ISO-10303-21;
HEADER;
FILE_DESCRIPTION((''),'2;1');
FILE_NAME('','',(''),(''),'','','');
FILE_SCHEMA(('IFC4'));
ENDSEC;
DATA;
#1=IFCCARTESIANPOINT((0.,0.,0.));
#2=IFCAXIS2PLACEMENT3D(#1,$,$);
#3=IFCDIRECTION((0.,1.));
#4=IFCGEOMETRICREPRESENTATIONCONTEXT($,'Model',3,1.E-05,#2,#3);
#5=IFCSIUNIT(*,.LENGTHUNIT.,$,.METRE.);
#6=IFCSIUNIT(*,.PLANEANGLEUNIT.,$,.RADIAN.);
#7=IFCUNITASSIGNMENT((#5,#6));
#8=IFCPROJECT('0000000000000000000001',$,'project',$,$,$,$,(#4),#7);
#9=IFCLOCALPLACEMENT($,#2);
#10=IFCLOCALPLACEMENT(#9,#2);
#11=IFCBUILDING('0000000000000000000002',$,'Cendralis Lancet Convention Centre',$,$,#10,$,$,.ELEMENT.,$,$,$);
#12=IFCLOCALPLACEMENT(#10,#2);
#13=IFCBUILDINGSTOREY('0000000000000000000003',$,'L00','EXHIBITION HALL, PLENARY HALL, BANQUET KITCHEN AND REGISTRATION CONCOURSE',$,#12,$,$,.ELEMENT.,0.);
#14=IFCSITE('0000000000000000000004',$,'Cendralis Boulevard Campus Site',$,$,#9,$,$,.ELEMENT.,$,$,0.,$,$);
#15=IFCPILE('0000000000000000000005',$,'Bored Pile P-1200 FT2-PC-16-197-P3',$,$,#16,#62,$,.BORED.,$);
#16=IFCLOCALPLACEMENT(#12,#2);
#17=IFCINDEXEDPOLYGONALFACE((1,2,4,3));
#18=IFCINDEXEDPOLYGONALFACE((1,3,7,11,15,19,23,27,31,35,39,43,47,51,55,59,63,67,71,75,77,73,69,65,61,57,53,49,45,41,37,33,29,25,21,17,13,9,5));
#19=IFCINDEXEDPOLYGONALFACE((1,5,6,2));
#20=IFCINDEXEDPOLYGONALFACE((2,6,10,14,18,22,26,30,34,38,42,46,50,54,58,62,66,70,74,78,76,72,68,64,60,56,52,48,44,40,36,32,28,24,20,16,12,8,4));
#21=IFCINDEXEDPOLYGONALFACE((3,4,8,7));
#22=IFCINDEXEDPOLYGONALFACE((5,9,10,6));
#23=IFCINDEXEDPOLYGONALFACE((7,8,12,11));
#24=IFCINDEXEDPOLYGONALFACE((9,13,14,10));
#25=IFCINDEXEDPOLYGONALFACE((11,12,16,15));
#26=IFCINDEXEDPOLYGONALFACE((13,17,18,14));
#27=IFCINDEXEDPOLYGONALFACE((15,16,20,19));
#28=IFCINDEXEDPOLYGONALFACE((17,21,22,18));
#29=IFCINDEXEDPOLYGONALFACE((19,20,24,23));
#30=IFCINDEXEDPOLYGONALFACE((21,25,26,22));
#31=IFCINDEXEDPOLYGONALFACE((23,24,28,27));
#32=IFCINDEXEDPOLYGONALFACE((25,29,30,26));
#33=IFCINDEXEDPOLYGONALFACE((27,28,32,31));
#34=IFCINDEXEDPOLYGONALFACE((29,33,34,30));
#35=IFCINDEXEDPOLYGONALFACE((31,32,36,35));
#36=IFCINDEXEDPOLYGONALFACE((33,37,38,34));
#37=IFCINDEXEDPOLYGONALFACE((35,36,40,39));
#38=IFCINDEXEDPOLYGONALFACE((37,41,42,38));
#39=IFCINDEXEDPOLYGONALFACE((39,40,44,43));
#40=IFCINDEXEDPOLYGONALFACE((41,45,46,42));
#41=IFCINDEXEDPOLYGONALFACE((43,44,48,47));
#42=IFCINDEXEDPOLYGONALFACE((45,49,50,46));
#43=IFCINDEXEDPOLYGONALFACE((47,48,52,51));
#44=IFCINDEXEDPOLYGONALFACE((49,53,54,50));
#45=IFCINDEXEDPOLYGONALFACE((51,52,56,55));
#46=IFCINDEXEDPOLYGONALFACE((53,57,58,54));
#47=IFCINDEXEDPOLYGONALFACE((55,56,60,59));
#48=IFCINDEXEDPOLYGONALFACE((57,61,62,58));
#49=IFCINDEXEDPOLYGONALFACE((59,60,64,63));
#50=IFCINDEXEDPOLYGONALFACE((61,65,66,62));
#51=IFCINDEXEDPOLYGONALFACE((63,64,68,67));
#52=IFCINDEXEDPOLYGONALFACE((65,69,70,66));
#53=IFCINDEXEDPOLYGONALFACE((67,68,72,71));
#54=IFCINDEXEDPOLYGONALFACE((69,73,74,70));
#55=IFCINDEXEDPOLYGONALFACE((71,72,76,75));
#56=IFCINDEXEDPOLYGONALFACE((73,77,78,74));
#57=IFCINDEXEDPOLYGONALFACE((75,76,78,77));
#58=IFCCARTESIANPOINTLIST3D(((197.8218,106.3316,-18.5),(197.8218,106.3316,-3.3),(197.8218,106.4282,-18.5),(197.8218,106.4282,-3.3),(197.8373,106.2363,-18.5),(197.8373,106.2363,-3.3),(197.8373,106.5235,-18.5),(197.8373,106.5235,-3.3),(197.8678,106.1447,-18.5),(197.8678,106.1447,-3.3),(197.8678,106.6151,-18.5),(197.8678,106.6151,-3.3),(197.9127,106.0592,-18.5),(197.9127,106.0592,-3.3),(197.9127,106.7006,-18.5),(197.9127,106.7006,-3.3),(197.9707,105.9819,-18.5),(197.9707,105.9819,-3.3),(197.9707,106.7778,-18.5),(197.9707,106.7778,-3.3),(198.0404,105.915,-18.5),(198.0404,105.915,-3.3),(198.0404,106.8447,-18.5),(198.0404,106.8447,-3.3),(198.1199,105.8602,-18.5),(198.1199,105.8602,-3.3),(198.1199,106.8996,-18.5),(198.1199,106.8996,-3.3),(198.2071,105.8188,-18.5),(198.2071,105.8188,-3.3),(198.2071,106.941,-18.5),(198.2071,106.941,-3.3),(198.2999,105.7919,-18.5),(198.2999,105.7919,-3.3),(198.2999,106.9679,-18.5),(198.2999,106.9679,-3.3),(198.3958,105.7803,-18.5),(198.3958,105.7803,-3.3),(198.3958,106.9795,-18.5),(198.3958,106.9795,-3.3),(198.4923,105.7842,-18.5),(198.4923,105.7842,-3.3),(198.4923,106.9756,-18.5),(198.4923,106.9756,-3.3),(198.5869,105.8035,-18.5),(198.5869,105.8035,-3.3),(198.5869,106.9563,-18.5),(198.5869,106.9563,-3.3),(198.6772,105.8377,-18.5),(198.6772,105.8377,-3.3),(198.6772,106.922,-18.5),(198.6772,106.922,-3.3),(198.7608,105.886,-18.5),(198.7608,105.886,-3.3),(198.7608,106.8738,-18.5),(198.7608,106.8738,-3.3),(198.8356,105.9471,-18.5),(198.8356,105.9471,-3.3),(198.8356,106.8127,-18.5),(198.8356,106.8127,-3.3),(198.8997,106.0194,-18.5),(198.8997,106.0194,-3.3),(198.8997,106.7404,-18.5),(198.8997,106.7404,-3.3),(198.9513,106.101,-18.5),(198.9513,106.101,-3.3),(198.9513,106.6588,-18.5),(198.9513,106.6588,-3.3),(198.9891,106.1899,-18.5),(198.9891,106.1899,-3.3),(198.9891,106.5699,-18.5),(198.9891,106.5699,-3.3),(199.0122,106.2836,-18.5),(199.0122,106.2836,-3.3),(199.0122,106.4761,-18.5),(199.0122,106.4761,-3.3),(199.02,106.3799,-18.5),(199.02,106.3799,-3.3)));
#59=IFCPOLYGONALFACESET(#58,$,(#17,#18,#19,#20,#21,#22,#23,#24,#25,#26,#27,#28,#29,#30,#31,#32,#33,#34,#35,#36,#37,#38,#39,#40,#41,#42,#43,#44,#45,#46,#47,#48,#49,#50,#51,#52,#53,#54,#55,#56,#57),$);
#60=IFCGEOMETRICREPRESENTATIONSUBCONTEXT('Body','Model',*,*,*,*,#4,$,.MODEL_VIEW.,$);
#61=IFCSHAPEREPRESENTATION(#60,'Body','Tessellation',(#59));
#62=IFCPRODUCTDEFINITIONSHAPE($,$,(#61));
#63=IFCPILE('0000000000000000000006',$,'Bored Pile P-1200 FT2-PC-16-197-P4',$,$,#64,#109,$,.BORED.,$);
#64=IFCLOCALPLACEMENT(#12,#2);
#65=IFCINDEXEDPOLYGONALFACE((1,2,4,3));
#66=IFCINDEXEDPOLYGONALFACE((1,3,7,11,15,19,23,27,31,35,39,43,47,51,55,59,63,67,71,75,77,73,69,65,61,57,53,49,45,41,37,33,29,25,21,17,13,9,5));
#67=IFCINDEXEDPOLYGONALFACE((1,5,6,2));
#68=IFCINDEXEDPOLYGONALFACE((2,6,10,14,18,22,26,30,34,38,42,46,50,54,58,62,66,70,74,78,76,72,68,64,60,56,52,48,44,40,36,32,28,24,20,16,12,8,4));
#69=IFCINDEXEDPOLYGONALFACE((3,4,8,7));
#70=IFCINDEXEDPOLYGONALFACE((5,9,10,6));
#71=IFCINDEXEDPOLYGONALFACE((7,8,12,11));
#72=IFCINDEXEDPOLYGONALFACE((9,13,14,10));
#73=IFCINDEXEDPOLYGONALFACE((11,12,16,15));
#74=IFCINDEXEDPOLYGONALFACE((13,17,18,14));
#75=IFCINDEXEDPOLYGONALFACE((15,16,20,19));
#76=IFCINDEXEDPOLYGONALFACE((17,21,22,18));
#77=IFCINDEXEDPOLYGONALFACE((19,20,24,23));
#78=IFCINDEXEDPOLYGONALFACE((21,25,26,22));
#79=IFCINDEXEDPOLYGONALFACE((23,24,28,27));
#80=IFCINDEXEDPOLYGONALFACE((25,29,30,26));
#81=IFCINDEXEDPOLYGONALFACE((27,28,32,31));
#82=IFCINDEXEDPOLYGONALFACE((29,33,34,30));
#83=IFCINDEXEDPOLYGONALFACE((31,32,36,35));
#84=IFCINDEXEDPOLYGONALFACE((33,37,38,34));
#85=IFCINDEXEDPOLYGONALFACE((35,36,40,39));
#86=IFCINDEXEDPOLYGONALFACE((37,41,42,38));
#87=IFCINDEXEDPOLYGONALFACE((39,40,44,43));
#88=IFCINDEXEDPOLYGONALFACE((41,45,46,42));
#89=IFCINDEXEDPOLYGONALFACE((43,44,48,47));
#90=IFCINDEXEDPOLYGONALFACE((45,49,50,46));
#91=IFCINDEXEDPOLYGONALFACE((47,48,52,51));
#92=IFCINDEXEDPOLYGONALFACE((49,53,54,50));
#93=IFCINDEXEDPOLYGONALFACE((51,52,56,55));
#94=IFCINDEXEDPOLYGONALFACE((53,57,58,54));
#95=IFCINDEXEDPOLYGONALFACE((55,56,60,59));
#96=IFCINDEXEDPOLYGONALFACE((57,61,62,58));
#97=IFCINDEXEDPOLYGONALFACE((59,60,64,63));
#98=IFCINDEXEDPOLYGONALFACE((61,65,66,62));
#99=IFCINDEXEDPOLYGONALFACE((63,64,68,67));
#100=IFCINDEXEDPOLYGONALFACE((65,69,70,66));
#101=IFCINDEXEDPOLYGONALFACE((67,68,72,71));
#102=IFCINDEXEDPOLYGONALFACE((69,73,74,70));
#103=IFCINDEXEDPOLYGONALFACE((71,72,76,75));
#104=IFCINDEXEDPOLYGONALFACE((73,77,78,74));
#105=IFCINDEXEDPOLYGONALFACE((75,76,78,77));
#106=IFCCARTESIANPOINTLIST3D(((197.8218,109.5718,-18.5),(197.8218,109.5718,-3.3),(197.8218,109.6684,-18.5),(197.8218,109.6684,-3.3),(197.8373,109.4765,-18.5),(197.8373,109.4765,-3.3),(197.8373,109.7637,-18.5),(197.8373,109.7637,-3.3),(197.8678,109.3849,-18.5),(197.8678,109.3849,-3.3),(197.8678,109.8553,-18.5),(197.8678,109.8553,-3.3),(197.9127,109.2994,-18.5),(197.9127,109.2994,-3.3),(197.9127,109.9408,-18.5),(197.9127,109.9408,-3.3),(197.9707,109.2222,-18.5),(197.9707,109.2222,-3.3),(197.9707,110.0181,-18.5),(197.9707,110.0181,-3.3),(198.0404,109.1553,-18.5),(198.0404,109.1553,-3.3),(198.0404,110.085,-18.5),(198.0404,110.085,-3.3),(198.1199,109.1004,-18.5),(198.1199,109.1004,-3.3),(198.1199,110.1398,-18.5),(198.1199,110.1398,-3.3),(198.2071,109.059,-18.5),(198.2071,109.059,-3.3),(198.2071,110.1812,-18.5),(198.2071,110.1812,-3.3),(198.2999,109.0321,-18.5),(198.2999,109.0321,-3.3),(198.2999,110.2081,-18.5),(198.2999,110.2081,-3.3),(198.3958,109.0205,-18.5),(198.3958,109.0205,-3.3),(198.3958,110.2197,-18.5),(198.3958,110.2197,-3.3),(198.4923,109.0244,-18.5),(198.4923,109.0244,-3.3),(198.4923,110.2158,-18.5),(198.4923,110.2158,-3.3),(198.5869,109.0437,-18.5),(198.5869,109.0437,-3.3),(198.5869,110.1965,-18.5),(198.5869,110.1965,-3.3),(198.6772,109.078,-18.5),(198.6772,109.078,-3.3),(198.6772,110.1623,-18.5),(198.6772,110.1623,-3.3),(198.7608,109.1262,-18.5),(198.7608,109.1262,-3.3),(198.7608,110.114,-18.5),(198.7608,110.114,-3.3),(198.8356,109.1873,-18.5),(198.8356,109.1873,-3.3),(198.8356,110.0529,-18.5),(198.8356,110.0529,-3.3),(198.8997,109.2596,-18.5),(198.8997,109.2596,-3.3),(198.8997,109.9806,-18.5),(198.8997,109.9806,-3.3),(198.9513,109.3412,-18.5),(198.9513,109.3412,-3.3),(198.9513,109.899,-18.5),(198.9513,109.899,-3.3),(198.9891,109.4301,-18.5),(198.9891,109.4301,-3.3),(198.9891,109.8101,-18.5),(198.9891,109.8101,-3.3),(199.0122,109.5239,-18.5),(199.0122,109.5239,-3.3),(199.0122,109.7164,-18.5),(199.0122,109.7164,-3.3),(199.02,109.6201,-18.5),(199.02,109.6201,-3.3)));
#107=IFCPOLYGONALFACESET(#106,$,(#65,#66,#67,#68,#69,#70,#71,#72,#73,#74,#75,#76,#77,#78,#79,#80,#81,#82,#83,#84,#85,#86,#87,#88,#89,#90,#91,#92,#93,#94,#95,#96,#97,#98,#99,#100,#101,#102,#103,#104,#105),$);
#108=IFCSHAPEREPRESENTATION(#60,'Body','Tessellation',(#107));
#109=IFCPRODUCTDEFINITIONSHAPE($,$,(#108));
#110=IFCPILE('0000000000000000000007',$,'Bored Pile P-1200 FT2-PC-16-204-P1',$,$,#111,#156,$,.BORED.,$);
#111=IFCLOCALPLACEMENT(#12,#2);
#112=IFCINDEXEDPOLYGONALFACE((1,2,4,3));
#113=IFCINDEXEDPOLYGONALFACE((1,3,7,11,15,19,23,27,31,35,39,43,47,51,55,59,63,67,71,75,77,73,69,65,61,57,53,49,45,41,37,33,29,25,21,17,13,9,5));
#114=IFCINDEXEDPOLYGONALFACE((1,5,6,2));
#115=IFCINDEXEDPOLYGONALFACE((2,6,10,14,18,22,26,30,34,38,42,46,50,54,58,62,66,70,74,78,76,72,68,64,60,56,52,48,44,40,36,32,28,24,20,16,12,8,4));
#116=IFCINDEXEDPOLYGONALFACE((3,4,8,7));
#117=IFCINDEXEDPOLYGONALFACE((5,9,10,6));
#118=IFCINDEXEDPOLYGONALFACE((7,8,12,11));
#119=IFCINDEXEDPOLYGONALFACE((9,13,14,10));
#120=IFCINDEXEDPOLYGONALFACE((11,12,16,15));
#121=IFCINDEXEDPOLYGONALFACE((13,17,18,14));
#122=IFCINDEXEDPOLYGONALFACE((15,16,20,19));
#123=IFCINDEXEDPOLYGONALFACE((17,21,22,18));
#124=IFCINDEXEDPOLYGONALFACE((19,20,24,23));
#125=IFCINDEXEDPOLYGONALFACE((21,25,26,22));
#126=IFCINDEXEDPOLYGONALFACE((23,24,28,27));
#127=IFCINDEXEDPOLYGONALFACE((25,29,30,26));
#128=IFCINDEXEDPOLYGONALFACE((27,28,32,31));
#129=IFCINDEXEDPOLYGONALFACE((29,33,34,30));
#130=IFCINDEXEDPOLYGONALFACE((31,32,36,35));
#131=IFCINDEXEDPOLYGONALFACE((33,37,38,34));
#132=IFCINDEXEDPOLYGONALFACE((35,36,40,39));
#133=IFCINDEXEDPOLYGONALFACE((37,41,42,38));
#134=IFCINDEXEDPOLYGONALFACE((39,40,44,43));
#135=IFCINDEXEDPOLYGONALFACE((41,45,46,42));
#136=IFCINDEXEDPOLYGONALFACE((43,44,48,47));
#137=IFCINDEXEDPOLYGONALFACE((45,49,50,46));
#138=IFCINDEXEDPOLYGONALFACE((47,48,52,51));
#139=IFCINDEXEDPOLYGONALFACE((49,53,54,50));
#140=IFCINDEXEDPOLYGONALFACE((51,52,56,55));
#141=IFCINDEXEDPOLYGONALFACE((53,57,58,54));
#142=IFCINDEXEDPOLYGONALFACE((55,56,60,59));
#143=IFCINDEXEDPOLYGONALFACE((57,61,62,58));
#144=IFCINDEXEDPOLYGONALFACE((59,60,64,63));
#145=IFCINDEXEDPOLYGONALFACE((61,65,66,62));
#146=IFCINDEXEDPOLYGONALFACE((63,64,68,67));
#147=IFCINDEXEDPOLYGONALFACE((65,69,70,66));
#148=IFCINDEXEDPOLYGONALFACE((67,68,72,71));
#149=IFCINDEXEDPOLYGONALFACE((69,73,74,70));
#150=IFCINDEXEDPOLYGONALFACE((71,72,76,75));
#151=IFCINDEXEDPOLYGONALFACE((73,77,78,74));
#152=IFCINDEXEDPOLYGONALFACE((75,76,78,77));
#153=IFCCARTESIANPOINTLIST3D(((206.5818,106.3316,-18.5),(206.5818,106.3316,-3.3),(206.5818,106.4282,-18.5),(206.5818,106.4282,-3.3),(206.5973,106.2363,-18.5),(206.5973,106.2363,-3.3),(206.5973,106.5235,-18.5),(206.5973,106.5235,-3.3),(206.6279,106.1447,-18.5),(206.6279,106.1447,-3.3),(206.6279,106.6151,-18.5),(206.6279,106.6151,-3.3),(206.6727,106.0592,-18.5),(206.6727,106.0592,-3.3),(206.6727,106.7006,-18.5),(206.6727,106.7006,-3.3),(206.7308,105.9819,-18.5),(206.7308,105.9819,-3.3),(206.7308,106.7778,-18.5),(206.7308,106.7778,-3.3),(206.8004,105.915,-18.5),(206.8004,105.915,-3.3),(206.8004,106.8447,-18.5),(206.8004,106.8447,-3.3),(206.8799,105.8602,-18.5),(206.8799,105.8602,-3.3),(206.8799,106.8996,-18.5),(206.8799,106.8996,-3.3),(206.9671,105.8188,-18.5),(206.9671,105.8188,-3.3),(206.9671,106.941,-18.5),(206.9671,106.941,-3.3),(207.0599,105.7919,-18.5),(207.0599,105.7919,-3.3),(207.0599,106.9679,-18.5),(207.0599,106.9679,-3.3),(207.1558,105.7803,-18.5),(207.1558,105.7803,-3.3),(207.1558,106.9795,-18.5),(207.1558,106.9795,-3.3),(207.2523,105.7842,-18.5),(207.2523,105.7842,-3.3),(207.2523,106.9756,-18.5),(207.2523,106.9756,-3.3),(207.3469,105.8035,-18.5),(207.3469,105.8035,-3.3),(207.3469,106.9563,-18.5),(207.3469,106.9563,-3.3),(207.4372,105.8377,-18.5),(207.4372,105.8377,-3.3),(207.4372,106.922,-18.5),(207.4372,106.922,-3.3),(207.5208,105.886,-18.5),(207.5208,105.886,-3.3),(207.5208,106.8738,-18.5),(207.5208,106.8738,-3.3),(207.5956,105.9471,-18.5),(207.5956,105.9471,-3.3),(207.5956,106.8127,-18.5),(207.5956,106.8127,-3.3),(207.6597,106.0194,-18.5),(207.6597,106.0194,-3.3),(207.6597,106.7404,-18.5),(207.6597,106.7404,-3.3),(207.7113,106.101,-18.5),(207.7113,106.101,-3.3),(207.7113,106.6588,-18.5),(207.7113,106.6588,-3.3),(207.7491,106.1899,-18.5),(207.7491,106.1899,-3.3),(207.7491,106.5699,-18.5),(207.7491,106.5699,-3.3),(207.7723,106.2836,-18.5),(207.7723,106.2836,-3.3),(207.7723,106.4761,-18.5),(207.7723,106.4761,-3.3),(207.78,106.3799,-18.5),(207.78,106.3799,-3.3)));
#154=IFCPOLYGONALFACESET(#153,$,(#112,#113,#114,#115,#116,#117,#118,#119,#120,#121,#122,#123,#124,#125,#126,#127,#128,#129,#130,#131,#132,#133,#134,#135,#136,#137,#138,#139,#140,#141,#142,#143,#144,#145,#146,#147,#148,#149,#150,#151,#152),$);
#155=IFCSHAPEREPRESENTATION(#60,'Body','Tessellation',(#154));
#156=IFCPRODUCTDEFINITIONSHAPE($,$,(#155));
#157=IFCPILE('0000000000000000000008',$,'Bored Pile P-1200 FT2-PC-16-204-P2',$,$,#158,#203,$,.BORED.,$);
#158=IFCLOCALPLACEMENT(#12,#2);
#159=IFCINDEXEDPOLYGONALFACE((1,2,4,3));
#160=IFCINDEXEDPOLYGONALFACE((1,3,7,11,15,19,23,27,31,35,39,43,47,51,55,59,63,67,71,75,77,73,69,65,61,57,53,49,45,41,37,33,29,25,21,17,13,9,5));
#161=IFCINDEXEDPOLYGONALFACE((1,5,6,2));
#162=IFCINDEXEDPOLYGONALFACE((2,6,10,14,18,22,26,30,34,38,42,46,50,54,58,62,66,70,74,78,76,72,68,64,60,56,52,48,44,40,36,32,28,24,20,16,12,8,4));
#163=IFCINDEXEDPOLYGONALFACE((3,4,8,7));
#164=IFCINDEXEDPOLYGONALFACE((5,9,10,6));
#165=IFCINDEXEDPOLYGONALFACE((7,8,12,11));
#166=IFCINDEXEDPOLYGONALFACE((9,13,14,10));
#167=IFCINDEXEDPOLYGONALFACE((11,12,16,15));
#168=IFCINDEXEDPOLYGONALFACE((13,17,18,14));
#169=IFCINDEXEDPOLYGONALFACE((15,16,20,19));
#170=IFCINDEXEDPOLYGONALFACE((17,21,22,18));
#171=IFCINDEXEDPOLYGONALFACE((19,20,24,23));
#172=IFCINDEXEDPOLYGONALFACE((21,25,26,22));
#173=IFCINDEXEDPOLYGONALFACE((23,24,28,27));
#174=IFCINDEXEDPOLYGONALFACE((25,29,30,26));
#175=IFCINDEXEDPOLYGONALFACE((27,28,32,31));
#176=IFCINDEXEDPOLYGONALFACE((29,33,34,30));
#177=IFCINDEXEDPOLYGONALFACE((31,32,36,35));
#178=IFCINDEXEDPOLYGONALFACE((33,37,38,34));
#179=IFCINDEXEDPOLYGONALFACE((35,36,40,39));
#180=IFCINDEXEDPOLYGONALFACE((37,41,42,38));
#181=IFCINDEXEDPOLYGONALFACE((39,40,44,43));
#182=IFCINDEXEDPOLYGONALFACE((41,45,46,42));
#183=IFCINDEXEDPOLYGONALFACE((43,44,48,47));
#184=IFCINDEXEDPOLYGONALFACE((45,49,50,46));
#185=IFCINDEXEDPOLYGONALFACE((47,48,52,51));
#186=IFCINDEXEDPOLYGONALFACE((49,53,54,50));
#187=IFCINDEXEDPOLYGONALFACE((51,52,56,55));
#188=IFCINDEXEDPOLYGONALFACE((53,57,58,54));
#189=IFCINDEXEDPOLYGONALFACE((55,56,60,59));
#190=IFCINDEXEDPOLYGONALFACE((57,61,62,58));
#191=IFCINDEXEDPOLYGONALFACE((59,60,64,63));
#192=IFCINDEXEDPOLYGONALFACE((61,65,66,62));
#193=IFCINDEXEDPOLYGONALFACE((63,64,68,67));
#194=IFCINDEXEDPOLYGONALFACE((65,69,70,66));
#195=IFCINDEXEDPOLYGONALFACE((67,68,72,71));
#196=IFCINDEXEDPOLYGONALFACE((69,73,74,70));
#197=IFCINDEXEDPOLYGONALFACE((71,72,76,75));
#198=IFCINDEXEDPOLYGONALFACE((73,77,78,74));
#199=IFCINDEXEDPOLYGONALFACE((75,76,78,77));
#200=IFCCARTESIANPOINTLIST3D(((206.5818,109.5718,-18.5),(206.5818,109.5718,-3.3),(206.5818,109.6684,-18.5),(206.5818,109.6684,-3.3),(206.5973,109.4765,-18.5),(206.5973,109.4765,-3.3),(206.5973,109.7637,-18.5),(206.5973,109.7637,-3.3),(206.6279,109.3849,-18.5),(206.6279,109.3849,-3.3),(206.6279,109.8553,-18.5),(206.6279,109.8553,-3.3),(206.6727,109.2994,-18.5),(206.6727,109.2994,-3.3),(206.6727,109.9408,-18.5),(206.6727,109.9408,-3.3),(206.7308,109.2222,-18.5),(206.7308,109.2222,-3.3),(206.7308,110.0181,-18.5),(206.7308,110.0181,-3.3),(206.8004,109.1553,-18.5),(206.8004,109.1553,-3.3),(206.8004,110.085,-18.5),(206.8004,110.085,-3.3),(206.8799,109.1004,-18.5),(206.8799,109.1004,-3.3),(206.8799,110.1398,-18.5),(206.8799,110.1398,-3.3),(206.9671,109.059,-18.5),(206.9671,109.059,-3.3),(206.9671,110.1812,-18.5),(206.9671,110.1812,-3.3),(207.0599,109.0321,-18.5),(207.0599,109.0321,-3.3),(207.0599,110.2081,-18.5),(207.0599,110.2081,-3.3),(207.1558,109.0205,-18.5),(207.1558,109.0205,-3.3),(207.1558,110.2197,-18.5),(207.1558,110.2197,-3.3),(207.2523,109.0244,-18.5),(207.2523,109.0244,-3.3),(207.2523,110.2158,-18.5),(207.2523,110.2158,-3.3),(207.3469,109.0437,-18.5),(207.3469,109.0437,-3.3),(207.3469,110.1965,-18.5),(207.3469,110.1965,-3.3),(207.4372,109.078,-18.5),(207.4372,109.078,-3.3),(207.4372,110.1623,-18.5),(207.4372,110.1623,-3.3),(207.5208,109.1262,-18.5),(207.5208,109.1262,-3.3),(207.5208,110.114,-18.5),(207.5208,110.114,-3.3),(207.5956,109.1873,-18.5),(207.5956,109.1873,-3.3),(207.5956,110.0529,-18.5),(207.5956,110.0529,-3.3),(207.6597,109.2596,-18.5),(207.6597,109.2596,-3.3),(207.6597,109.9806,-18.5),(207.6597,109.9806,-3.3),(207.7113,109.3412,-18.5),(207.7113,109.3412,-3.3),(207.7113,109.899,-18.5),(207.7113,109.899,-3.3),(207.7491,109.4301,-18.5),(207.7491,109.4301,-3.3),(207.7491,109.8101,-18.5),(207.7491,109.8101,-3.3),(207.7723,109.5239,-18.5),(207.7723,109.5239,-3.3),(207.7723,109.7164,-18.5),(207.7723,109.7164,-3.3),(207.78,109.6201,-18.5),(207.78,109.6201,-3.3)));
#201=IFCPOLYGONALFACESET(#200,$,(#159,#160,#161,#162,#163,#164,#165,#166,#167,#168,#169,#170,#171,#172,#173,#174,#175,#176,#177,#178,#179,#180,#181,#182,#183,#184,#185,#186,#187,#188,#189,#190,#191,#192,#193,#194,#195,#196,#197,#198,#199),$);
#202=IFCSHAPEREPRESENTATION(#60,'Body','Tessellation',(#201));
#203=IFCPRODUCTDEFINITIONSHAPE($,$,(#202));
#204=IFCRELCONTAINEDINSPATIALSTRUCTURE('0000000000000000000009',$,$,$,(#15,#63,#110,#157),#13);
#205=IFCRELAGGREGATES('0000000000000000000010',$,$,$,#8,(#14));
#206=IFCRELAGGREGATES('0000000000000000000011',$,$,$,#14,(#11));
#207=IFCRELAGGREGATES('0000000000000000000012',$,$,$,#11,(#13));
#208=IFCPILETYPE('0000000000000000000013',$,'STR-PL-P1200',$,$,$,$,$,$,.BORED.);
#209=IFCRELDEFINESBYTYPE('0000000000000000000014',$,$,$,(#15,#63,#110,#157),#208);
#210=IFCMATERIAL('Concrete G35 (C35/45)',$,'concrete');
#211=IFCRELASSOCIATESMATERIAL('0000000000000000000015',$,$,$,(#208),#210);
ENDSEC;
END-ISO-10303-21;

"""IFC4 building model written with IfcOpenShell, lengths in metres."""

from ifc_helpers import new_model, si_unit, direction, frame, origin, origin_2d, place, context, subcontext, project, spatial, circle, extrude, material, material_profile, profile_set, type_object, element, save


model = new_model("IFC4")

# Units and contexts
model_context = context("Model", 3, precision=1e-05, world=origin(), true_north=direction((0.0, 1.0)))
body_context = subcontext(model_context, "Body", "Model", "MODEL_VIEW")
ifc_project = project(units=[si_unit("LENGTHUNIT", "METRE"), si_unit("PLANEANGLEUNIT", "RADIAN")], contexts=[model_context])

# Site, building, storey
site_placement = place(None, origin())
site = spatial("IfcSite", under=ifc_project, at=site_placement, Name="Cendralis Boulevard Campus Site", CompositionType="ELEMENT", RefElevation=0.0)
building_placement = place(site_placement, origin())
building = spatial("IfcBuilding", under=site, at=building_placement, Name="Cendralis Lancet Convention Centre", CompositionType="ELEMENT")
storey_placement = place(building_placement, origin())
storey = spatial("IfcBuildingStorey", under=building, at=storey_placement, Name="L00", Description="EXHIBITION HALL, PLENARY HALL, BANQUET KITCHEN AND REGISTRATION CONCOURSE", CompositionType="ELEMENT", Elevation=0.0)

# Shared definitions
ifc_material_1 = material(Name="Concrete G35 (C35/45)", Category="concrete")

# Piles
ifc_material_profile_1 = material_profile(ifc_material_1, circle(Radius=0.6001, at=origin_2d()), Name="BORED PILE D1200")
ifc_profile_set_1 = profile_set([ifc_material_profile_1], Name="Concrete G35 (C35/45)")
pile_type = type_object("IfcPileType", Name="STR-PL-P1200", PredefinedType="BORED", material=ifc_profile_set_1)
for number, where, z_axis, x_axis, name in (
    (1, (198.4199, 106.3799, -3.3), (0.0, 0.0, -1.0), (1.0, 0.0, 0.0), "Bored Pile P-1200 FT2-PC-16-197-P3"),
    (2, (198.4199, 109.6201, -3.3), (0.0, 0.0, -1.0), (1.0, 0.0, 0.0), "Bored Pile P-1200 FT2-PC-16-197-P4"),
    (3, (207.1799, 106.3799, -3.3), (0.0, 0.0, -1.0), (1.0, 0.0, 0.0), "Bored Pile P-1200 FT2-PC-16-204-P1"),
    (4, (207.1799, 109.6201, -3.3), (0.0, 0.0, -1.0), (1.0, 0.0, 0.0), "Bored Pile P-1200 FT2-PC-16-204-P2"),
):
    element("IfcPile", number, at=place(storey_placement, frame(where, z_axis=z_axis, x_axis=x_axis)), inside=storey, type_object=pile_type, Name=name, PredefinedType="BORED", context=body_context, shape_type="SweptSolid", body=[
        extrude(circle(Radius=0.6001, at=origin_2d()), origin(), (0.0, 0.0, 1.0), 15.2),
    ])

save(model, "model.ifc")
